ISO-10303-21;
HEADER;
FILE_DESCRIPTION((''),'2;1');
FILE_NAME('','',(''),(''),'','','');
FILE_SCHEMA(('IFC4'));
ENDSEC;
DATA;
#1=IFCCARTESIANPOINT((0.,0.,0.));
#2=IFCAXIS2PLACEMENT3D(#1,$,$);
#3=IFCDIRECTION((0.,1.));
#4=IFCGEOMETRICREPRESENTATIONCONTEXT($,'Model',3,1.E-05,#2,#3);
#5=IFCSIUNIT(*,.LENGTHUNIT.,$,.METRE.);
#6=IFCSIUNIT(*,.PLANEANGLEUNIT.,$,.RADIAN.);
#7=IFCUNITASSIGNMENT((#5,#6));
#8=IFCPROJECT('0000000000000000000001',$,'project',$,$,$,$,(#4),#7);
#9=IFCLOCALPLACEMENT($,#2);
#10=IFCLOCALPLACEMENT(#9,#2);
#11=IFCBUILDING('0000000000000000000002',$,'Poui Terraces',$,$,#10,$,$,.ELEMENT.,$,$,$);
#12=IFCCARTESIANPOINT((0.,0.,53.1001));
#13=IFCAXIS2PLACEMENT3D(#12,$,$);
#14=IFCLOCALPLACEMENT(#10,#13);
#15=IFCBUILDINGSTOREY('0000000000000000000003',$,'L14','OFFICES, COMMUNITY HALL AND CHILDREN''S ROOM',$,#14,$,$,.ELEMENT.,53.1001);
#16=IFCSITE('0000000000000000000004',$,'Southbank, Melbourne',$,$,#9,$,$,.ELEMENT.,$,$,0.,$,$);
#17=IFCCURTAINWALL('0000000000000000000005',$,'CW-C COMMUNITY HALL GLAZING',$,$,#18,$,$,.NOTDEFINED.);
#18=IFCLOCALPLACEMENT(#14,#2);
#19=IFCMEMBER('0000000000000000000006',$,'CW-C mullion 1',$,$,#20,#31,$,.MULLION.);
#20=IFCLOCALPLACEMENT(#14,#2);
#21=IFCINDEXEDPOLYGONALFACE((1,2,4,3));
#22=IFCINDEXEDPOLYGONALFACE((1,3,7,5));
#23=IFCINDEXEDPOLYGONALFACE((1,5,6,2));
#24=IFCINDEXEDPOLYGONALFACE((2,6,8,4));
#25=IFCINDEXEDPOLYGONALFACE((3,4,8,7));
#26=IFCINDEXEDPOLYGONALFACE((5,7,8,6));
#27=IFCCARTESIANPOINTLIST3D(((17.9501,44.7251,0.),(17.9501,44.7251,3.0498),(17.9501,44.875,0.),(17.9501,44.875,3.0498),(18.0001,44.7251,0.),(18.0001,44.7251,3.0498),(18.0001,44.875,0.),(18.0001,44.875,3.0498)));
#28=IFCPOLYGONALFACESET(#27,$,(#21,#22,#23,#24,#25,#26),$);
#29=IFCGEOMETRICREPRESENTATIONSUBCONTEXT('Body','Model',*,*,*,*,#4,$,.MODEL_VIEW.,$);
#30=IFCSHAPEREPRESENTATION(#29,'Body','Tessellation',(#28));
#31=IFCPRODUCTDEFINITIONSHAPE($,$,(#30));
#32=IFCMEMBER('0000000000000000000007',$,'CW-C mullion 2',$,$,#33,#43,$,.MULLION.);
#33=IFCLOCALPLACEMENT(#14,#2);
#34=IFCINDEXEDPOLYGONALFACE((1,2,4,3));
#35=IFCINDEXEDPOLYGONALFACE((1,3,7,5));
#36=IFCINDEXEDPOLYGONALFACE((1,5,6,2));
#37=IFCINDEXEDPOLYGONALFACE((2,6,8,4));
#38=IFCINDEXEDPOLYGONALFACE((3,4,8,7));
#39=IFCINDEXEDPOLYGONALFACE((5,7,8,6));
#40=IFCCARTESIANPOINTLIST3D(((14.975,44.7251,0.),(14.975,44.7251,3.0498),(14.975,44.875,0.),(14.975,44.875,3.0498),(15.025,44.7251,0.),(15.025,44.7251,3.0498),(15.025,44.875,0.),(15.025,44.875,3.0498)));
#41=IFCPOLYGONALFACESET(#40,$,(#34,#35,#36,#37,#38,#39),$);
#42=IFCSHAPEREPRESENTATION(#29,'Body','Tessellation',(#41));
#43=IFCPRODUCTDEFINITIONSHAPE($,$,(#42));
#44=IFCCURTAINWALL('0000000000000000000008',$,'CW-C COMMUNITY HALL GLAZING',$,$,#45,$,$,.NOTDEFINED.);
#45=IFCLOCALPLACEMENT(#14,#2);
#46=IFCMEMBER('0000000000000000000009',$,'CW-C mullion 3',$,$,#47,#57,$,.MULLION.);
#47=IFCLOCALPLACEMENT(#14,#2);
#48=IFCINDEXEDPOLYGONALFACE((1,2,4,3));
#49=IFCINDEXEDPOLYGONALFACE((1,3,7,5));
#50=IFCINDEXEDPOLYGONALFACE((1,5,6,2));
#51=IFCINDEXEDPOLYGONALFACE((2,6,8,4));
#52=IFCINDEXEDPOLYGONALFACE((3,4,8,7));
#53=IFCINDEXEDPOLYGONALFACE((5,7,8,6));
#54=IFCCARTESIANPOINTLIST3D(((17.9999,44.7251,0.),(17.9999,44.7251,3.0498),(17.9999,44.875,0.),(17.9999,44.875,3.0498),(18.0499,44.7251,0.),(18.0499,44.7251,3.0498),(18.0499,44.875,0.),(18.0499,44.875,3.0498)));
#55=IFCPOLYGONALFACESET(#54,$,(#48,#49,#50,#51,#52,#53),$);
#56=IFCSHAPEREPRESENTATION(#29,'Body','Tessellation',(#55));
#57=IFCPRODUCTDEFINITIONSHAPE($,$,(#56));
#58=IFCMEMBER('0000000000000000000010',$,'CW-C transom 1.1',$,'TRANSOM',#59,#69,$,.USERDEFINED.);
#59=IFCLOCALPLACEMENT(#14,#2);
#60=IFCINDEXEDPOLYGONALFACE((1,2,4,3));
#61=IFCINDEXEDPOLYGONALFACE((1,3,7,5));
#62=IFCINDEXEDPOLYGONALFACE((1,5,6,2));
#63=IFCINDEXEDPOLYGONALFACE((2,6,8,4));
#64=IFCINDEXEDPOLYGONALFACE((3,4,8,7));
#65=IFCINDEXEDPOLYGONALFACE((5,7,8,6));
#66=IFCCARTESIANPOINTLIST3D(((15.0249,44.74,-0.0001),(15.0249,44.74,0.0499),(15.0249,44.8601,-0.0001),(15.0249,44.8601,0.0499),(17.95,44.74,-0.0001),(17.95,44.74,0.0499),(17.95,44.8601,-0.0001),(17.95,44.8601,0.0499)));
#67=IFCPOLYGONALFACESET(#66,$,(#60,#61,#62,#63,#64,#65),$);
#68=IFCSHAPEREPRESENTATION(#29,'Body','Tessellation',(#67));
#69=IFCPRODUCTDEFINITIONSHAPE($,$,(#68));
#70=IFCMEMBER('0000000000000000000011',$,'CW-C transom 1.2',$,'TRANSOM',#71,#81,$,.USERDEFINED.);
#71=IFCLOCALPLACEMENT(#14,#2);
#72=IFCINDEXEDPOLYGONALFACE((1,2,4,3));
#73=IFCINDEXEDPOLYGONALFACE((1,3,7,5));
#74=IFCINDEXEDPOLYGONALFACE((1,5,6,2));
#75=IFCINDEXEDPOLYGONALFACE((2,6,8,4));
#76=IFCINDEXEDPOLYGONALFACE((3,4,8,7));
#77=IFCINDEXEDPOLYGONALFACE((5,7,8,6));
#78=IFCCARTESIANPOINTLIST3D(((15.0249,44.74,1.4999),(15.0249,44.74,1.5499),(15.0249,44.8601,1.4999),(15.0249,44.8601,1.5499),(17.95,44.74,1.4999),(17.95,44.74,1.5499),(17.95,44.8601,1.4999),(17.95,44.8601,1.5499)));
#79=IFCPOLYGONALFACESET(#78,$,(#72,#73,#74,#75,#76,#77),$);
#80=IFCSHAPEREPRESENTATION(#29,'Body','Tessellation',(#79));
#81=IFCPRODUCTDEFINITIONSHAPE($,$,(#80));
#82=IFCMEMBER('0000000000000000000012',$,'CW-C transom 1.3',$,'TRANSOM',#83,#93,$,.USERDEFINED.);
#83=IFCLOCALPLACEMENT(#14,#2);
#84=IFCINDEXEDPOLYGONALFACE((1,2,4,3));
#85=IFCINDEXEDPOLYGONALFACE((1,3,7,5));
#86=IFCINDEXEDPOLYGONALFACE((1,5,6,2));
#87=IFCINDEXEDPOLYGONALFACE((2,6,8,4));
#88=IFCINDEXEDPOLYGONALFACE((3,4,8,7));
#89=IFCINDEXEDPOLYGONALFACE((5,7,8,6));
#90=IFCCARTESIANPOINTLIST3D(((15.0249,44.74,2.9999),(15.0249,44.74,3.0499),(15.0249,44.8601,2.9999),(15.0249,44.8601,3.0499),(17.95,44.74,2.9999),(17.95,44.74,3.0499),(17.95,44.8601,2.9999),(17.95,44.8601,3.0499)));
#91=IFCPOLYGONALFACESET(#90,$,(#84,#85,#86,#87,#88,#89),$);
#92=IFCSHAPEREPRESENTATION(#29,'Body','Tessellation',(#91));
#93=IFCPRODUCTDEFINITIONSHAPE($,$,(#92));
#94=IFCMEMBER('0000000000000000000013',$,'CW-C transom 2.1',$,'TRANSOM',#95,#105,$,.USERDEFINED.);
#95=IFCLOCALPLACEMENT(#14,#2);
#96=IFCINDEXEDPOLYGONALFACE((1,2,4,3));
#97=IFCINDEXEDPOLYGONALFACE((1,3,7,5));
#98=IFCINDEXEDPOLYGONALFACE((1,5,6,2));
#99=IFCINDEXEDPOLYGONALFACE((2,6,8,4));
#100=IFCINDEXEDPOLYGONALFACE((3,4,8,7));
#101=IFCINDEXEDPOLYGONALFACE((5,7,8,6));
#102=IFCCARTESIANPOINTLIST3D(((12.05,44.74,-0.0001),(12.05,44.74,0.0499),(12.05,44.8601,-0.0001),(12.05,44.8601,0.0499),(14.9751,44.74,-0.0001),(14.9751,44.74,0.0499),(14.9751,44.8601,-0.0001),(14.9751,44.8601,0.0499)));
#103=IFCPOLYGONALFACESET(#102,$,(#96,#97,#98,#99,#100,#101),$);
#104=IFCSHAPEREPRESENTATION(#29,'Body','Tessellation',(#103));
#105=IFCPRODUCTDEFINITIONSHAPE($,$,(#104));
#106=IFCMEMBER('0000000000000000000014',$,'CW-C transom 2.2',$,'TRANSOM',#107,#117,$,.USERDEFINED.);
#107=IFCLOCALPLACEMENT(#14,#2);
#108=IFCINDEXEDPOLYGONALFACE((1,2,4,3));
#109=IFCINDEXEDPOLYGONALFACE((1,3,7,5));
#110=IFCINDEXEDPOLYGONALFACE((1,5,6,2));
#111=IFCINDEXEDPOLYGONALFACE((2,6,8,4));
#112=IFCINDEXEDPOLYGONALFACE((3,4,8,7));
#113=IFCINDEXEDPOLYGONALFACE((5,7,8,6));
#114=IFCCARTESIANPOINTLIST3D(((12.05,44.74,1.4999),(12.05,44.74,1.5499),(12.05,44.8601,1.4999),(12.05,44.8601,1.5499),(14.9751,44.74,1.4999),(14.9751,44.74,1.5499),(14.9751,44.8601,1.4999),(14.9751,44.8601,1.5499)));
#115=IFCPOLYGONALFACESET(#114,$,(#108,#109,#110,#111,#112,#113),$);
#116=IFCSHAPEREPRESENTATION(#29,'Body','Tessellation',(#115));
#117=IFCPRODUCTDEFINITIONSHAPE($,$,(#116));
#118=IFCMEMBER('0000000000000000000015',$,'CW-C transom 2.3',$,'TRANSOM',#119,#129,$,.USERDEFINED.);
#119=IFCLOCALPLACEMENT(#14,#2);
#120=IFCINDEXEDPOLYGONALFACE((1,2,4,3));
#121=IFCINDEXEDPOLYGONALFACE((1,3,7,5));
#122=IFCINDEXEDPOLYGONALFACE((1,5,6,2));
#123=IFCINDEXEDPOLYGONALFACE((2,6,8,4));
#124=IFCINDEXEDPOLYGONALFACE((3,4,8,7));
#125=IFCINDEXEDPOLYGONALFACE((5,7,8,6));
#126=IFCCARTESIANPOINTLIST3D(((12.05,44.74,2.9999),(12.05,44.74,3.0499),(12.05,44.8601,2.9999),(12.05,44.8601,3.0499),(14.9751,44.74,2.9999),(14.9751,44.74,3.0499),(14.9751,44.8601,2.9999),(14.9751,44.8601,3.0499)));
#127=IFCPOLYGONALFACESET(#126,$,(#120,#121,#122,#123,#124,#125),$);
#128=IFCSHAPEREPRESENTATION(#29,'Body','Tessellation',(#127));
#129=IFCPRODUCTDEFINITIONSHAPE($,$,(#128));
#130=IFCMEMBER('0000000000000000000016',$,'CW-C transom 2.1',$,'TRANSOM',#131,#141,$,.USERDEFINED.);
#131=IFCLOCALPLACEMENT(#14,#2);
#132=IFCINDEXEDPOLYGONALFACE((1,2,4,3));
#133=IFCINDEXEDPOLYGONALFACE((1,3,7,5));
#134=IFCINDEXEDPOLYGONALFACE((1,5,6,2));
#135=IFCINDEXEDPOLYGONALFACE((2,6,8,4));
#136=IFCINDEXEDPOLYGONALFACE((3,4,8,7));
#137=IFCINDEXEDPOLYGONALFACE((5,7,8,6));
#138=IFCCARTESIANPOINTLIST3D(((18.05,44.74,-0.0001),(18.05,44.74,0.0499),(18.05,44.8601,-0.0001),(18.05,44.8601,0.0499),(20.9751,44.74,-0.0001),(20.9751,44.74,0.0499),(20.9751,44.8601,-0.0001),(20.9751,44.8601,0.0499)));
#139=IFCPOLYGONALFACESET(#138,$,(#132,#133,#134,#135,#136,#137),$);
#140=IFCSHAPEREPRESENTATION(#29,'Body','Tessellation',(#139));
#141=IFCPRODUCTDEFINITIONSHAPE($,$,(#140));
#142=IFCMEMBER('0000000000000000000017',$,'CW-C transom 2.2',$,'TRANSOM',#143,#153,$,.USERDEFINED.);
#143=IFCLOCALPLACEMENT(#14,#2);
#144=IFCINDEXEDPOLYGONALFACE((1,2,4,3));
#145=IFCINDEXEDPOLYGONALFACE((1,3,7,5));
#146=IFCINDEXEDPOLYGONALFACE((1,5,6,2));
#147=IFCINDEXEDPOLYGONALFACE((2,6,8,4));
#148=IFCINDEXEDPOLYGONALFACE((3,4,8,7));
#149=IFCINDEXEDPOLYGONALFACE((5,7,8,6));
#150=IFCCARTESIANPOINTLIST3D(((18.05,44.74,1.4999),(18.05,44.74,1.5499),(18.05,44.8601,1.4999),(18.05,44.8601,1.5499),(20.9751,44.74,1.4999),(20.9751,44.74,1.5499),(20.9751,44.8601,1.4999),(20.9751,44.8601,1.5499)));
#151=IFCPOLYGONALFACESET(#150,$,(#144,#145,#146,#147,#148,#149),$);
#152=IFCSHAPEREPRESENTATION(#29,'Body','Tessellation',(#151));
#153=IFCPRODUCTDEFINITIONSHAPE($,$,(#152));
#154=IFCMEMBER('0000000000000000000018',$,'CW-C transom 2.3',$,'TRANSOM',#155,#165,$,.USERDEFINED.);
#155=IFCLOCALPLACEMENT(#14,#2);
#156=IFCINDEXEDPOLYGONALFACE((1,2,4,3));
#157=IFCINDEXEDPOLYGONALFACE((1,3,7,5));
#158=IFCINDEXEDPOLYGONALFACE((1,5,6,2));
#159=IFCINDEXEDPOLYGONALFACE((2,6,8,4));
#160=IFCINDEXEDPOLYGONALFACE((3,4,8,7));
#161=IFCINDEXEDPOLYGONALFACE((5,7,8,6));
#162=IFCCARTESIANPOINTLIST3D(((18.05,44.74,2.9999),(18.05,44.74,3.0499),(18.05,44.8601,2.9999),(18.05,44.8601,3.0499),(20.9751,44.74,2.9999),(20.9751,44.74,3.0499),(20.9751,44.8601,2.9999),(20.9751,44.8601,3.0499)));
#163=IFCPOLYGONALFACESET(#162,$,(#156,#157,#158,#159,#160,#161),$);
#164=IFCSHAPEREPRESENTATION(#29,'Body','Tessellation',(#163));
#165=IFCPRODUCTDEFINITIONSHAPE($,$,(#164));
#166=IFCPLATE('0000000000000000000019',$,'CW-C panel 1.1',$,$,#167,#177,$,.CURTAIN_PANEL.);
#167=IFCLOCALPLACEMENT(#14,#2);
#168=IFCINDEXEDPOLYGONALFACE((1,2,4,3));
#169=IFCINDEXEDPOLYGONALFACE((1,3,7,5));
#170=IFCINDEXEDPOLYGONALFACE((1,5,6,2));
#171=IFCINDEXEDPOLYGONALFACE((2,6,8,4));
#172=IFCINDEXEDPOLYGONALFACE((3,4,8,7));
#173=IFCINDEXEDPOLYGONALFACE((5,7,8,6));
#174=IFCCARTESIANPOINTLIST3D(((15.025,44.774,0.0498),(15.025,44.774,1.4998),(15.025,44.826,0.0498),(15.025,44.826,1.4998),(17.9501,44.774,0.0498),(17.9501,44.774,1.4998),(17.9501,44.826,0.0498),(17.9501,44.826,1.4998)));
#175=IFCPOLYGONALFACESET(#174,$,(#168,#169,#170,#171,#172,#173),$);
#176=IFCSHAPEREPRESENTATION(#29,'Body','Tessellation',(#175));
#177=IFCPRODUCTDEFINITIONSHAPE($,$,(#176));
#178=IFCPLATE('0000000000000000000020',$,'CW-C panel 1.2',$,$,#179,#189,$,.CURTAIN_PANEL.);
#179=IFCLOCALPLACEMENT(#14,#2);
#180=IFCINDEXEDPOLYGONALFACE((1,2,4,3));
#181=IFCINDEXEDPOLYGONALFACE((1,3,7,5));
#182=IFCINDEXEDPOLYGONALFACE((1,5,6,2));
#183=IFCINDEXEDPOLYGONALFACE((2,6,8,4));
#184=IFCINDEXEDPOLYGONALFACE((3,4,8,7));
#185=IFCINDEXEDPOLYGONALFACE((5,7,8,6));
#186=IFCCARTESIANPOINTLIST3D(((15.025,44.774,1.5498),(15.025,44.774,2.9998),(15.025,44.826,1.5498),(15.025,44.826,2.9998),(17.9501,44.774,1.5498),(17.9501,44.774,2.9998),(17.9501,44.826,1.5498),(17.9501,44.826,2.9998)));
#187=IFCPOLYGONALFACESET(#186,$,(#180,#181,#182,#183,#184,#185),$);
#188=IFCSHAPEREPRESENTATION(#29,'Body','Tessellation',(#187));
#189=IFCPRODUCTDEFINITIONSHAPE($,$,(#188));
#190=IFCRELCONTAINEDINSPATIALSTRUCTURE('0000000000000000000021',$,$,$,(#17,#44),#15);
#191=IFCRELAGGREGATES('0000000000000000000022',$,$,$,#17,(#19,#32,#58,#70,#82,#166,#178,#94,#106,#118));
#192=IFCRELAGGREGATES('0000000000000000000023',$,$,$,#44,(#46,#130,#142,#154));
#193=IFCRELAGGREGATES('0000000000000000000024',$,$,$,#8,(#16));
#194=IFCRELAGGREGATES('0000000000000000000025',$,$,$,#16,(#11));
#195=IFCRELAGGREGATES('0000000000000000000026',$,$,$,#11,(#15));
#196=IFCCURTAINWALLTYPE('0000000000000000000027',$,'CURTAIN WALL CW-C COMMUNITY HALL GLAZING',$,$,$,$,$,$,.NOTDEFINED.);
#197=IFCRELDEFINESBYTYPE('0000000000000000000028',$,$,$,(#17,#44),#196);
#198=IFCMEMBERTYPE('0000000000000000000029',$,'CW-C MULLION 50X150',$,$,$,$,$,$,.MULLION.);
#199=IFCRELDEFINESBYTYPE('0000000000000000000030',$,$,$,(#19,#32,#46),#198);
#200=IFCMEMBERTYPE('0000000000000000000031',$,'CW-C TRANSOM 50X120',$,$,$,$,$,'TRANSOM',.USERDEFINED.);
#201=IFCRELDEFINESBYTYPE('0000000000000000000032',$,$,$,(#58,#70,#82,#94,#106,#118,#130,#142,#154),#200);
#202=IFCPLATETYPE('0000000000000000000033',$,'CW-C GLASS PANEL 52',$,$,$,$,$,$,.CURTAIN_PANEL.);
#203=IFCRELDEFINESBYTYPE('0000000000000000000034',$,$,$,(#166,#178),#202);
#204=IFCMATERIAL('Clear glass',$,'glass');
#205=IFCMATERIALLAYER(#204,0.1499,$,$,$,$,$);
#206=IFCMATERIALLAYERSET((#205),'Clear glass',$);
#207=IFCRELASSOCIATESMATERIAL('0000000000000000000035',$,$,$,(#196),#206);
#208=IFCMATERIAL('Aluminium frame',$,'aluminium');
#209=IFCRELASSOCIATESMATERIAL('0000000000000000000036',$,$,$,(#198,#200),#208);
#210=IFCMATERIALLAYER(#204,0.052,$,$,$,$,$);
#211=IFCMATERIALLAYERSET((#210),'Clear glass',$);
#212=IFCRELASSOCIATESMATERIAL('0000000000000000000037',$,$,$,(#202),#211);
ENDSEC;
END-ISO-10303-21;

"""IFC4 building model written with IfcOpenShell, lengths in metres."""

from ifc_helpers import new_model, si_unit, direction, frame, origin, origin_2d, place, context, subcontext, project, spatial, rectangle, extrude, material, layer, layer_set, material_profile, profile_set, type_object, element, aggregate, save


model = new_model("IFC4")

# Units and contexts
model_context = context("Model", 3, precision=1e-05, world=origin(), true_north=direction((0.0, 1.0)))
body_context = subcontext(model_context, "Body", "Model", "MODEL_VIEW")
ifc_project = project(units=[si_unit("LENGTHUNIT", "METRE"), si_unit("PLANEANGLEUNIT", "RADIAN")], contexts=[model_context])

# Site, building, storey
site_placement = place(None, origin())
site = spatial("IfcSite", under=ifc_project, at=site_placement, Name="Southbank, Melbourne", CompositionType="ELEMENT", RefElevation=0.0)
building_placement = place(site_placement, origin())
building = spatial("IfcBuilding", under=site, at=building_placement, Name="Poui Terraces", CompositionType="ELEMENT")
storey_placement = place(building_placement, frame((0.0, 0.0, 53.1001)))
storey = spatial("IfcBuildingStorey", under=building, at=storey_placement, Name="L14", Description="OFFICES, COMMUNITY HALL AND CHILDREN'S ROOM", CompositionType="ELEMENT", Elevation=53.1001)

# Curtain wall, members
ifc_material_1 = material(Name="Clear glass", Category="glass")
ifc_layer_1 = layer(ifc_material_1, 0.1499)
ifc_layer_set_1 = layer_set([ifc_layer_1], Name="Clear glass")
curtain_wall_type = type_object("IfcCurtainWallType", Name="CURTAIN WALL CW-C COMMUNITY HALL GLAZING", PredefinedType="NOTDEFINED", material=ifc_layer_set_1)
curtain_wall_1_placement = place(storey_placement, origin())
curtain_wall_1 = element("IfcCurtainWall", 1, at=curtain_wall_1_placement, inside=storey, type_object=curtain_wall_type, Name="CW-C COMMUNITY HALL GLAZING", PredefinedType="NOTDEFINED")
ifc_material_2 = material(Name="Aluminium frame", Category="aluminium")
ifc_material_profile_1 = material_profile(ifc_material_2, rectangle(XDim=0.1499, YDim=0.05, at=origin_2d()), Name="CW-C MULLION 50X150")
ifc_profile_set_1 = profile_set([ifc_material_profile_1], Name="Aluminium frame")
member_type_1 = type_object("IfcMemberType", Name="CW-C MULLION 50X150", PredefinedType="MULLION", material=ifc_profile_set_1)
member_1_placement = place(storey_placement, frame((17.9751, 44.8, 0.0), z_axis=(0.0, 0.0, 1.0), x_axis=(0.0, -1.0, 0.0)))
member_1 = element("IfcMember", 2, at=member_1_placement, type_object=member_type_1, Name="CW-C mullion 1", PredefinedType="MULLION", context=body_context, shape_type="SweptSolid", body=[
    extrude(rectangle(XDim=0.1499, YDim=0.05, at=origin_2d()), origin(), (0.0, 0.0, 1.0), 3.0498),
])
member_2_placement = place(storey_placement, frame((15.0, 44.8, 0.0), z_axis=(0.0, 0.0, 1.0), x_axis=(0.0, -1.0, 0.0)))
member_2 = element("IfcMember", 3, at=member_2_placement, type_object=member_type_1, Name="CW-C mullion 2", PredefinedType="MULLION", context=body_context, shape_type="SweptSolid", body=[
    extrude(rectangle(XDim=0.1499, YDim=0.05, at=origin_2d()), origin(), (0.0, 0.0, 1.0), 3.0498),
])

# Curtain wall, member
curtain_wall_2_placement = place(storey_placement, origin())
curtain_wall_2 = element("IfcCurtainWall", 4, at=curtain_wall_2_placement, inside=storey, type_object=curtain_wall_type, Name="CW-C COMMUNITY HALL GLAZING", PredefinedType="NOTDEFINED")
member_3_placement = place(storey_placement, frame((18.0249, 44.8, 0.0), z_axis=(0.0, 0.0, 1.0), x_axis=(0.0, -1.0, 0.0)))
member_3 = element("IfcMember", 5, at=member_3_placement, type_object=member_type_1, Name="CW-C mullion 3", PredefinedType="MULLION", context=body_context, shape_type="SweptSolid", body=[
    extrude(rectangle(XDim=0.1499, YDim=0.05, at=origin_2d()), origin(), (0.0, 0.0, 1.0), 3.0498),
])

# Members
ifc_material_profile_2 = material_profile(ifc_material_2, rectangle(XDim=0.1201, YDim=0.05, at=origin_2d()), Name="CW-C TRANSOM 50X120")
ifc_profile_set_2 = profile_set([ifc_material_profile_2], Name="Aluminium frame")
member_type_2 = type_object("IfcMemberType", Name="CW-C TRANSOM 50X120", ElementType="TRANSOM", PredefinedType="USERDEFINED", material=ifc_profile_set_2)
member_4_placement = place(storey_placement, frame((17.95, 44.8, 0.0249), z_axis=(-1.0, 0.0, 0.0), x_axis=(0.0, -1.0, 0.0)))
member_4 = element("IfcMember", 6, at=member_4_placement, type_object=member_type_2, Name="CW-C transom 1.1", ObjectType="TRANSOM", PredefinedType="USERDEFINED", context=body_context, shape_type="SweptSolid", body=[
    extrude(rectangle(XDim=0.1201, YDim=0.05, at=origin_2d()), origin(), (0.0, 0.0, 1.0), 2.925),
])
member_5_placement = place(storey_placement, frame((17.95, 44.8, 1.5249), z_axis=(-1.0, 0.0, 0.0), x_axis=(0.0, -1.0, 0.0)))
member_5 = element("IfcMember", 7, at=member_5_placement, type_object=member_type_2, Name="CW-C transom 1.2", ObjectType="TRANSOM", PredefinedType="USERDEFINED", context=body_context, shape_type="SweptSolid", body=[
    extrude(rectangle(XDim=0.1201, YDim=0.05, at=origin_2d()), origin(), (0.0, 0.0, 1.0), 2.925),
])
member_6_placement = place(storey_placement, frame((17.95, 44.8, 3.0249), z_axis=(-1.0, 0.0, 0.0), x_axis=(0.0, -1.0, 0.0)))
member_6 = element("IfcMember", 8, at=member_6_placement, type_object=member_type_2, Name="CW-C transom 1.3", ObjectType="TRANSOM", PredefinedType="USERDEFINED", context=body_context, shape_type="SweptSolid", body=[
    extrude(rectangle(XDim=0.1201, YDim=0.05, at=origin_2d()), origin(), (0.0, 0.0, 1.0), 2.925),
])
member_7_placement = place(storey_placement, frame((14.9751, 44.8, 0.0249), z_axis=(-1.0, 0.0, 0.0), x_axis=(0.0, -1.0, 0.0)))
member_7 = element("IfcMember", 9, at=member_7_placement, type_object=member_type_2, Name="CW-C transom 2.1", ObjectType="TRANSOM", PredefinedType="USERDEFINED", context=body_context, shape_type="SweptSolid", body=[
    extrude(rectangle(XDim=0.1201, YDim=0.05, at=origin_2d()), origin(), (0.0, 0.0, 1.0), 2.925),
])
member_8_placement = place(storey_placement, frame((14.9751, 44.8, 1.5249), z_axis=(-1.0, 0.0, 0.0), x_axis=(0.0, -1.0, 0.0)))
member_8 = element("IfcMember", 10, at=member_8_placement, type_object=member_type_2, Name="CW-C transom 2.2", ObjectType="TRANSOM", PredefinedType="USERDEFINED", context=body_context, shape_type="SweptSolid", body=[
    extrude(rectangle(XDim=0.1201, YDim=0.05, at=origin_2d()), origin(), (0.0, 0.0, 1.0), 2.925),
])
member_9_placement = place(storey_placement, frame((14.9751, 44.8, 3.0249), z_axis=(-1.0, 0.0, 0.0), x_axis=(0.0, -1.0, 0.0)))
member_9 = element("IfcMember", 11, at=member_9_placement, type_object=member_type_2, Name="CW-C transom 2.3", ObjectType="TRANSOM", PredefinedType="USERDEFINED", context=body_context, shape_type="SweptSolid", body=[
    extrude(rectangle(XDim=0.1201, YDim=0.05, at=origin_2d()), origin(), (0.0, 0.0, 1.0), 2.925),
])
member_10_placement = place(storey_placement, frame((20.9751, 44.8, 0.0249), z_axis=(-1.0, 0.0, 0.0), x_axis=(0.0, -1.0, 0.0)))
member_10 = element("IfcMember", 12, at=member_10_placement, type_object=member_type_2, Name="CW-C transom 2.1", ObjectType="TRANSOM", PredefinedType="USERDEFINED", context=body_context, shape_type="SweptSolid", body=[
    extrude(rectangle(XDim=0.1201, YDim=0.05, at=origin_2d()), origin(), (0.0, 0.0, 1.0), 2.925),
])
member_11_placement = place(storey_placement, frame((20.9751, 44.8, 1.5249), z_axis=(-1.0, 0.0, 0.0), x_axis=(0.0, -1.0, 0.0)))
member_11 = element("IfcMember", 13, at=member_11_placement, type_object=member_type_2, Name="CW-C transom 2.2", ObjectType="TRANSOM", PredefinedType="USERDEFINED", context=body_context, shape_type="SweptSolid", body=[
    extrude(rectangle(XDim=0.1201, YDim=0.05, at=origin_2d()), origin(), (0.0, 0.0, 1.0), 2.925),
])
member_12_placement = place(storey_placement, frame((20.9751, 44.8, 3.0249), z_axis=(-1.0, 0.0, 0.0), x_axis=(0.0, -1.0, 0.0)))
member_12 = element("IfcMember", 14, at=member_12_placement, type_object=member_type_2, Name="CW-C transom 2.3", ObjectType="TRANSOM", PredefinedType="USERDEFINED", context=body_context, shape_type="SweptSolid", body=[
    extrude(rectangle(XDim=0.1201, YDim=0.05, at=origin_2d()), origin(), (0.0, 0.0, 1.0), 2.925),
])

# Plates
ifc_layer_2 = layer(ifc_material_1, 0.052)
ifc_layer_set_2 = layer_set([ifc_layer_2], Name="Clear glass")
plate_type = type_object("IfcPlateType", Name="CW-C GLASS PANEL 52", PredefinedType="CURTAIN_PANEL", material=ifc_layer_set_2)
plate_1_placement = place(storey_placement, frame((16.4875, 44.8, 0.0498), z_axis=(0.0, 0.0, 1.0), x_axis=(-1.0, 0.0, 0.0)))
plate_1 = element("IfcPlate", 15, at=plate_1_placement, type_object=plate_type, Name="CW-C panel 1.1", PredefinedType="CURTAIN_PANEL", context=body_context, shape_type="SweptSolid", body=[
    extrude(rectangle(XDim=2.925, YDim=0.052, at=origin_2d()), origin(), (0.0, 0.0, 1.0), 1.45),
])
plate_2_placement = place(storey_placement, frame((16.4875, 44.8, 1.5498), z_axis=(0.0, 0.0, 1.0), x_axis=(-1.0, 0.0, 0.0)))
plate_2 = element("IfcPlate", 16, at=plate_2_placement, type_object=plate_type, Name="CW-C panel 1.2", PredefinedType="CURTAIN_PANEL", context=body_context, shape_type="SweptSolid", body=[
    extrude(rectangle(XDim=2.925, YDim=0.052, at=origin_2d()), origin(), (0.0, 0.0, 1.0), 1.45),
])
aggregate(curtain_wall_1, [member_1, member_2, member_4, member_5, member_6, plate_1, plate_2, member_7, member_8, member_9])
aggregate(curtain_wall_2, [member_3, member_10, member_11, member_12])

save(model, "model.ifc")
